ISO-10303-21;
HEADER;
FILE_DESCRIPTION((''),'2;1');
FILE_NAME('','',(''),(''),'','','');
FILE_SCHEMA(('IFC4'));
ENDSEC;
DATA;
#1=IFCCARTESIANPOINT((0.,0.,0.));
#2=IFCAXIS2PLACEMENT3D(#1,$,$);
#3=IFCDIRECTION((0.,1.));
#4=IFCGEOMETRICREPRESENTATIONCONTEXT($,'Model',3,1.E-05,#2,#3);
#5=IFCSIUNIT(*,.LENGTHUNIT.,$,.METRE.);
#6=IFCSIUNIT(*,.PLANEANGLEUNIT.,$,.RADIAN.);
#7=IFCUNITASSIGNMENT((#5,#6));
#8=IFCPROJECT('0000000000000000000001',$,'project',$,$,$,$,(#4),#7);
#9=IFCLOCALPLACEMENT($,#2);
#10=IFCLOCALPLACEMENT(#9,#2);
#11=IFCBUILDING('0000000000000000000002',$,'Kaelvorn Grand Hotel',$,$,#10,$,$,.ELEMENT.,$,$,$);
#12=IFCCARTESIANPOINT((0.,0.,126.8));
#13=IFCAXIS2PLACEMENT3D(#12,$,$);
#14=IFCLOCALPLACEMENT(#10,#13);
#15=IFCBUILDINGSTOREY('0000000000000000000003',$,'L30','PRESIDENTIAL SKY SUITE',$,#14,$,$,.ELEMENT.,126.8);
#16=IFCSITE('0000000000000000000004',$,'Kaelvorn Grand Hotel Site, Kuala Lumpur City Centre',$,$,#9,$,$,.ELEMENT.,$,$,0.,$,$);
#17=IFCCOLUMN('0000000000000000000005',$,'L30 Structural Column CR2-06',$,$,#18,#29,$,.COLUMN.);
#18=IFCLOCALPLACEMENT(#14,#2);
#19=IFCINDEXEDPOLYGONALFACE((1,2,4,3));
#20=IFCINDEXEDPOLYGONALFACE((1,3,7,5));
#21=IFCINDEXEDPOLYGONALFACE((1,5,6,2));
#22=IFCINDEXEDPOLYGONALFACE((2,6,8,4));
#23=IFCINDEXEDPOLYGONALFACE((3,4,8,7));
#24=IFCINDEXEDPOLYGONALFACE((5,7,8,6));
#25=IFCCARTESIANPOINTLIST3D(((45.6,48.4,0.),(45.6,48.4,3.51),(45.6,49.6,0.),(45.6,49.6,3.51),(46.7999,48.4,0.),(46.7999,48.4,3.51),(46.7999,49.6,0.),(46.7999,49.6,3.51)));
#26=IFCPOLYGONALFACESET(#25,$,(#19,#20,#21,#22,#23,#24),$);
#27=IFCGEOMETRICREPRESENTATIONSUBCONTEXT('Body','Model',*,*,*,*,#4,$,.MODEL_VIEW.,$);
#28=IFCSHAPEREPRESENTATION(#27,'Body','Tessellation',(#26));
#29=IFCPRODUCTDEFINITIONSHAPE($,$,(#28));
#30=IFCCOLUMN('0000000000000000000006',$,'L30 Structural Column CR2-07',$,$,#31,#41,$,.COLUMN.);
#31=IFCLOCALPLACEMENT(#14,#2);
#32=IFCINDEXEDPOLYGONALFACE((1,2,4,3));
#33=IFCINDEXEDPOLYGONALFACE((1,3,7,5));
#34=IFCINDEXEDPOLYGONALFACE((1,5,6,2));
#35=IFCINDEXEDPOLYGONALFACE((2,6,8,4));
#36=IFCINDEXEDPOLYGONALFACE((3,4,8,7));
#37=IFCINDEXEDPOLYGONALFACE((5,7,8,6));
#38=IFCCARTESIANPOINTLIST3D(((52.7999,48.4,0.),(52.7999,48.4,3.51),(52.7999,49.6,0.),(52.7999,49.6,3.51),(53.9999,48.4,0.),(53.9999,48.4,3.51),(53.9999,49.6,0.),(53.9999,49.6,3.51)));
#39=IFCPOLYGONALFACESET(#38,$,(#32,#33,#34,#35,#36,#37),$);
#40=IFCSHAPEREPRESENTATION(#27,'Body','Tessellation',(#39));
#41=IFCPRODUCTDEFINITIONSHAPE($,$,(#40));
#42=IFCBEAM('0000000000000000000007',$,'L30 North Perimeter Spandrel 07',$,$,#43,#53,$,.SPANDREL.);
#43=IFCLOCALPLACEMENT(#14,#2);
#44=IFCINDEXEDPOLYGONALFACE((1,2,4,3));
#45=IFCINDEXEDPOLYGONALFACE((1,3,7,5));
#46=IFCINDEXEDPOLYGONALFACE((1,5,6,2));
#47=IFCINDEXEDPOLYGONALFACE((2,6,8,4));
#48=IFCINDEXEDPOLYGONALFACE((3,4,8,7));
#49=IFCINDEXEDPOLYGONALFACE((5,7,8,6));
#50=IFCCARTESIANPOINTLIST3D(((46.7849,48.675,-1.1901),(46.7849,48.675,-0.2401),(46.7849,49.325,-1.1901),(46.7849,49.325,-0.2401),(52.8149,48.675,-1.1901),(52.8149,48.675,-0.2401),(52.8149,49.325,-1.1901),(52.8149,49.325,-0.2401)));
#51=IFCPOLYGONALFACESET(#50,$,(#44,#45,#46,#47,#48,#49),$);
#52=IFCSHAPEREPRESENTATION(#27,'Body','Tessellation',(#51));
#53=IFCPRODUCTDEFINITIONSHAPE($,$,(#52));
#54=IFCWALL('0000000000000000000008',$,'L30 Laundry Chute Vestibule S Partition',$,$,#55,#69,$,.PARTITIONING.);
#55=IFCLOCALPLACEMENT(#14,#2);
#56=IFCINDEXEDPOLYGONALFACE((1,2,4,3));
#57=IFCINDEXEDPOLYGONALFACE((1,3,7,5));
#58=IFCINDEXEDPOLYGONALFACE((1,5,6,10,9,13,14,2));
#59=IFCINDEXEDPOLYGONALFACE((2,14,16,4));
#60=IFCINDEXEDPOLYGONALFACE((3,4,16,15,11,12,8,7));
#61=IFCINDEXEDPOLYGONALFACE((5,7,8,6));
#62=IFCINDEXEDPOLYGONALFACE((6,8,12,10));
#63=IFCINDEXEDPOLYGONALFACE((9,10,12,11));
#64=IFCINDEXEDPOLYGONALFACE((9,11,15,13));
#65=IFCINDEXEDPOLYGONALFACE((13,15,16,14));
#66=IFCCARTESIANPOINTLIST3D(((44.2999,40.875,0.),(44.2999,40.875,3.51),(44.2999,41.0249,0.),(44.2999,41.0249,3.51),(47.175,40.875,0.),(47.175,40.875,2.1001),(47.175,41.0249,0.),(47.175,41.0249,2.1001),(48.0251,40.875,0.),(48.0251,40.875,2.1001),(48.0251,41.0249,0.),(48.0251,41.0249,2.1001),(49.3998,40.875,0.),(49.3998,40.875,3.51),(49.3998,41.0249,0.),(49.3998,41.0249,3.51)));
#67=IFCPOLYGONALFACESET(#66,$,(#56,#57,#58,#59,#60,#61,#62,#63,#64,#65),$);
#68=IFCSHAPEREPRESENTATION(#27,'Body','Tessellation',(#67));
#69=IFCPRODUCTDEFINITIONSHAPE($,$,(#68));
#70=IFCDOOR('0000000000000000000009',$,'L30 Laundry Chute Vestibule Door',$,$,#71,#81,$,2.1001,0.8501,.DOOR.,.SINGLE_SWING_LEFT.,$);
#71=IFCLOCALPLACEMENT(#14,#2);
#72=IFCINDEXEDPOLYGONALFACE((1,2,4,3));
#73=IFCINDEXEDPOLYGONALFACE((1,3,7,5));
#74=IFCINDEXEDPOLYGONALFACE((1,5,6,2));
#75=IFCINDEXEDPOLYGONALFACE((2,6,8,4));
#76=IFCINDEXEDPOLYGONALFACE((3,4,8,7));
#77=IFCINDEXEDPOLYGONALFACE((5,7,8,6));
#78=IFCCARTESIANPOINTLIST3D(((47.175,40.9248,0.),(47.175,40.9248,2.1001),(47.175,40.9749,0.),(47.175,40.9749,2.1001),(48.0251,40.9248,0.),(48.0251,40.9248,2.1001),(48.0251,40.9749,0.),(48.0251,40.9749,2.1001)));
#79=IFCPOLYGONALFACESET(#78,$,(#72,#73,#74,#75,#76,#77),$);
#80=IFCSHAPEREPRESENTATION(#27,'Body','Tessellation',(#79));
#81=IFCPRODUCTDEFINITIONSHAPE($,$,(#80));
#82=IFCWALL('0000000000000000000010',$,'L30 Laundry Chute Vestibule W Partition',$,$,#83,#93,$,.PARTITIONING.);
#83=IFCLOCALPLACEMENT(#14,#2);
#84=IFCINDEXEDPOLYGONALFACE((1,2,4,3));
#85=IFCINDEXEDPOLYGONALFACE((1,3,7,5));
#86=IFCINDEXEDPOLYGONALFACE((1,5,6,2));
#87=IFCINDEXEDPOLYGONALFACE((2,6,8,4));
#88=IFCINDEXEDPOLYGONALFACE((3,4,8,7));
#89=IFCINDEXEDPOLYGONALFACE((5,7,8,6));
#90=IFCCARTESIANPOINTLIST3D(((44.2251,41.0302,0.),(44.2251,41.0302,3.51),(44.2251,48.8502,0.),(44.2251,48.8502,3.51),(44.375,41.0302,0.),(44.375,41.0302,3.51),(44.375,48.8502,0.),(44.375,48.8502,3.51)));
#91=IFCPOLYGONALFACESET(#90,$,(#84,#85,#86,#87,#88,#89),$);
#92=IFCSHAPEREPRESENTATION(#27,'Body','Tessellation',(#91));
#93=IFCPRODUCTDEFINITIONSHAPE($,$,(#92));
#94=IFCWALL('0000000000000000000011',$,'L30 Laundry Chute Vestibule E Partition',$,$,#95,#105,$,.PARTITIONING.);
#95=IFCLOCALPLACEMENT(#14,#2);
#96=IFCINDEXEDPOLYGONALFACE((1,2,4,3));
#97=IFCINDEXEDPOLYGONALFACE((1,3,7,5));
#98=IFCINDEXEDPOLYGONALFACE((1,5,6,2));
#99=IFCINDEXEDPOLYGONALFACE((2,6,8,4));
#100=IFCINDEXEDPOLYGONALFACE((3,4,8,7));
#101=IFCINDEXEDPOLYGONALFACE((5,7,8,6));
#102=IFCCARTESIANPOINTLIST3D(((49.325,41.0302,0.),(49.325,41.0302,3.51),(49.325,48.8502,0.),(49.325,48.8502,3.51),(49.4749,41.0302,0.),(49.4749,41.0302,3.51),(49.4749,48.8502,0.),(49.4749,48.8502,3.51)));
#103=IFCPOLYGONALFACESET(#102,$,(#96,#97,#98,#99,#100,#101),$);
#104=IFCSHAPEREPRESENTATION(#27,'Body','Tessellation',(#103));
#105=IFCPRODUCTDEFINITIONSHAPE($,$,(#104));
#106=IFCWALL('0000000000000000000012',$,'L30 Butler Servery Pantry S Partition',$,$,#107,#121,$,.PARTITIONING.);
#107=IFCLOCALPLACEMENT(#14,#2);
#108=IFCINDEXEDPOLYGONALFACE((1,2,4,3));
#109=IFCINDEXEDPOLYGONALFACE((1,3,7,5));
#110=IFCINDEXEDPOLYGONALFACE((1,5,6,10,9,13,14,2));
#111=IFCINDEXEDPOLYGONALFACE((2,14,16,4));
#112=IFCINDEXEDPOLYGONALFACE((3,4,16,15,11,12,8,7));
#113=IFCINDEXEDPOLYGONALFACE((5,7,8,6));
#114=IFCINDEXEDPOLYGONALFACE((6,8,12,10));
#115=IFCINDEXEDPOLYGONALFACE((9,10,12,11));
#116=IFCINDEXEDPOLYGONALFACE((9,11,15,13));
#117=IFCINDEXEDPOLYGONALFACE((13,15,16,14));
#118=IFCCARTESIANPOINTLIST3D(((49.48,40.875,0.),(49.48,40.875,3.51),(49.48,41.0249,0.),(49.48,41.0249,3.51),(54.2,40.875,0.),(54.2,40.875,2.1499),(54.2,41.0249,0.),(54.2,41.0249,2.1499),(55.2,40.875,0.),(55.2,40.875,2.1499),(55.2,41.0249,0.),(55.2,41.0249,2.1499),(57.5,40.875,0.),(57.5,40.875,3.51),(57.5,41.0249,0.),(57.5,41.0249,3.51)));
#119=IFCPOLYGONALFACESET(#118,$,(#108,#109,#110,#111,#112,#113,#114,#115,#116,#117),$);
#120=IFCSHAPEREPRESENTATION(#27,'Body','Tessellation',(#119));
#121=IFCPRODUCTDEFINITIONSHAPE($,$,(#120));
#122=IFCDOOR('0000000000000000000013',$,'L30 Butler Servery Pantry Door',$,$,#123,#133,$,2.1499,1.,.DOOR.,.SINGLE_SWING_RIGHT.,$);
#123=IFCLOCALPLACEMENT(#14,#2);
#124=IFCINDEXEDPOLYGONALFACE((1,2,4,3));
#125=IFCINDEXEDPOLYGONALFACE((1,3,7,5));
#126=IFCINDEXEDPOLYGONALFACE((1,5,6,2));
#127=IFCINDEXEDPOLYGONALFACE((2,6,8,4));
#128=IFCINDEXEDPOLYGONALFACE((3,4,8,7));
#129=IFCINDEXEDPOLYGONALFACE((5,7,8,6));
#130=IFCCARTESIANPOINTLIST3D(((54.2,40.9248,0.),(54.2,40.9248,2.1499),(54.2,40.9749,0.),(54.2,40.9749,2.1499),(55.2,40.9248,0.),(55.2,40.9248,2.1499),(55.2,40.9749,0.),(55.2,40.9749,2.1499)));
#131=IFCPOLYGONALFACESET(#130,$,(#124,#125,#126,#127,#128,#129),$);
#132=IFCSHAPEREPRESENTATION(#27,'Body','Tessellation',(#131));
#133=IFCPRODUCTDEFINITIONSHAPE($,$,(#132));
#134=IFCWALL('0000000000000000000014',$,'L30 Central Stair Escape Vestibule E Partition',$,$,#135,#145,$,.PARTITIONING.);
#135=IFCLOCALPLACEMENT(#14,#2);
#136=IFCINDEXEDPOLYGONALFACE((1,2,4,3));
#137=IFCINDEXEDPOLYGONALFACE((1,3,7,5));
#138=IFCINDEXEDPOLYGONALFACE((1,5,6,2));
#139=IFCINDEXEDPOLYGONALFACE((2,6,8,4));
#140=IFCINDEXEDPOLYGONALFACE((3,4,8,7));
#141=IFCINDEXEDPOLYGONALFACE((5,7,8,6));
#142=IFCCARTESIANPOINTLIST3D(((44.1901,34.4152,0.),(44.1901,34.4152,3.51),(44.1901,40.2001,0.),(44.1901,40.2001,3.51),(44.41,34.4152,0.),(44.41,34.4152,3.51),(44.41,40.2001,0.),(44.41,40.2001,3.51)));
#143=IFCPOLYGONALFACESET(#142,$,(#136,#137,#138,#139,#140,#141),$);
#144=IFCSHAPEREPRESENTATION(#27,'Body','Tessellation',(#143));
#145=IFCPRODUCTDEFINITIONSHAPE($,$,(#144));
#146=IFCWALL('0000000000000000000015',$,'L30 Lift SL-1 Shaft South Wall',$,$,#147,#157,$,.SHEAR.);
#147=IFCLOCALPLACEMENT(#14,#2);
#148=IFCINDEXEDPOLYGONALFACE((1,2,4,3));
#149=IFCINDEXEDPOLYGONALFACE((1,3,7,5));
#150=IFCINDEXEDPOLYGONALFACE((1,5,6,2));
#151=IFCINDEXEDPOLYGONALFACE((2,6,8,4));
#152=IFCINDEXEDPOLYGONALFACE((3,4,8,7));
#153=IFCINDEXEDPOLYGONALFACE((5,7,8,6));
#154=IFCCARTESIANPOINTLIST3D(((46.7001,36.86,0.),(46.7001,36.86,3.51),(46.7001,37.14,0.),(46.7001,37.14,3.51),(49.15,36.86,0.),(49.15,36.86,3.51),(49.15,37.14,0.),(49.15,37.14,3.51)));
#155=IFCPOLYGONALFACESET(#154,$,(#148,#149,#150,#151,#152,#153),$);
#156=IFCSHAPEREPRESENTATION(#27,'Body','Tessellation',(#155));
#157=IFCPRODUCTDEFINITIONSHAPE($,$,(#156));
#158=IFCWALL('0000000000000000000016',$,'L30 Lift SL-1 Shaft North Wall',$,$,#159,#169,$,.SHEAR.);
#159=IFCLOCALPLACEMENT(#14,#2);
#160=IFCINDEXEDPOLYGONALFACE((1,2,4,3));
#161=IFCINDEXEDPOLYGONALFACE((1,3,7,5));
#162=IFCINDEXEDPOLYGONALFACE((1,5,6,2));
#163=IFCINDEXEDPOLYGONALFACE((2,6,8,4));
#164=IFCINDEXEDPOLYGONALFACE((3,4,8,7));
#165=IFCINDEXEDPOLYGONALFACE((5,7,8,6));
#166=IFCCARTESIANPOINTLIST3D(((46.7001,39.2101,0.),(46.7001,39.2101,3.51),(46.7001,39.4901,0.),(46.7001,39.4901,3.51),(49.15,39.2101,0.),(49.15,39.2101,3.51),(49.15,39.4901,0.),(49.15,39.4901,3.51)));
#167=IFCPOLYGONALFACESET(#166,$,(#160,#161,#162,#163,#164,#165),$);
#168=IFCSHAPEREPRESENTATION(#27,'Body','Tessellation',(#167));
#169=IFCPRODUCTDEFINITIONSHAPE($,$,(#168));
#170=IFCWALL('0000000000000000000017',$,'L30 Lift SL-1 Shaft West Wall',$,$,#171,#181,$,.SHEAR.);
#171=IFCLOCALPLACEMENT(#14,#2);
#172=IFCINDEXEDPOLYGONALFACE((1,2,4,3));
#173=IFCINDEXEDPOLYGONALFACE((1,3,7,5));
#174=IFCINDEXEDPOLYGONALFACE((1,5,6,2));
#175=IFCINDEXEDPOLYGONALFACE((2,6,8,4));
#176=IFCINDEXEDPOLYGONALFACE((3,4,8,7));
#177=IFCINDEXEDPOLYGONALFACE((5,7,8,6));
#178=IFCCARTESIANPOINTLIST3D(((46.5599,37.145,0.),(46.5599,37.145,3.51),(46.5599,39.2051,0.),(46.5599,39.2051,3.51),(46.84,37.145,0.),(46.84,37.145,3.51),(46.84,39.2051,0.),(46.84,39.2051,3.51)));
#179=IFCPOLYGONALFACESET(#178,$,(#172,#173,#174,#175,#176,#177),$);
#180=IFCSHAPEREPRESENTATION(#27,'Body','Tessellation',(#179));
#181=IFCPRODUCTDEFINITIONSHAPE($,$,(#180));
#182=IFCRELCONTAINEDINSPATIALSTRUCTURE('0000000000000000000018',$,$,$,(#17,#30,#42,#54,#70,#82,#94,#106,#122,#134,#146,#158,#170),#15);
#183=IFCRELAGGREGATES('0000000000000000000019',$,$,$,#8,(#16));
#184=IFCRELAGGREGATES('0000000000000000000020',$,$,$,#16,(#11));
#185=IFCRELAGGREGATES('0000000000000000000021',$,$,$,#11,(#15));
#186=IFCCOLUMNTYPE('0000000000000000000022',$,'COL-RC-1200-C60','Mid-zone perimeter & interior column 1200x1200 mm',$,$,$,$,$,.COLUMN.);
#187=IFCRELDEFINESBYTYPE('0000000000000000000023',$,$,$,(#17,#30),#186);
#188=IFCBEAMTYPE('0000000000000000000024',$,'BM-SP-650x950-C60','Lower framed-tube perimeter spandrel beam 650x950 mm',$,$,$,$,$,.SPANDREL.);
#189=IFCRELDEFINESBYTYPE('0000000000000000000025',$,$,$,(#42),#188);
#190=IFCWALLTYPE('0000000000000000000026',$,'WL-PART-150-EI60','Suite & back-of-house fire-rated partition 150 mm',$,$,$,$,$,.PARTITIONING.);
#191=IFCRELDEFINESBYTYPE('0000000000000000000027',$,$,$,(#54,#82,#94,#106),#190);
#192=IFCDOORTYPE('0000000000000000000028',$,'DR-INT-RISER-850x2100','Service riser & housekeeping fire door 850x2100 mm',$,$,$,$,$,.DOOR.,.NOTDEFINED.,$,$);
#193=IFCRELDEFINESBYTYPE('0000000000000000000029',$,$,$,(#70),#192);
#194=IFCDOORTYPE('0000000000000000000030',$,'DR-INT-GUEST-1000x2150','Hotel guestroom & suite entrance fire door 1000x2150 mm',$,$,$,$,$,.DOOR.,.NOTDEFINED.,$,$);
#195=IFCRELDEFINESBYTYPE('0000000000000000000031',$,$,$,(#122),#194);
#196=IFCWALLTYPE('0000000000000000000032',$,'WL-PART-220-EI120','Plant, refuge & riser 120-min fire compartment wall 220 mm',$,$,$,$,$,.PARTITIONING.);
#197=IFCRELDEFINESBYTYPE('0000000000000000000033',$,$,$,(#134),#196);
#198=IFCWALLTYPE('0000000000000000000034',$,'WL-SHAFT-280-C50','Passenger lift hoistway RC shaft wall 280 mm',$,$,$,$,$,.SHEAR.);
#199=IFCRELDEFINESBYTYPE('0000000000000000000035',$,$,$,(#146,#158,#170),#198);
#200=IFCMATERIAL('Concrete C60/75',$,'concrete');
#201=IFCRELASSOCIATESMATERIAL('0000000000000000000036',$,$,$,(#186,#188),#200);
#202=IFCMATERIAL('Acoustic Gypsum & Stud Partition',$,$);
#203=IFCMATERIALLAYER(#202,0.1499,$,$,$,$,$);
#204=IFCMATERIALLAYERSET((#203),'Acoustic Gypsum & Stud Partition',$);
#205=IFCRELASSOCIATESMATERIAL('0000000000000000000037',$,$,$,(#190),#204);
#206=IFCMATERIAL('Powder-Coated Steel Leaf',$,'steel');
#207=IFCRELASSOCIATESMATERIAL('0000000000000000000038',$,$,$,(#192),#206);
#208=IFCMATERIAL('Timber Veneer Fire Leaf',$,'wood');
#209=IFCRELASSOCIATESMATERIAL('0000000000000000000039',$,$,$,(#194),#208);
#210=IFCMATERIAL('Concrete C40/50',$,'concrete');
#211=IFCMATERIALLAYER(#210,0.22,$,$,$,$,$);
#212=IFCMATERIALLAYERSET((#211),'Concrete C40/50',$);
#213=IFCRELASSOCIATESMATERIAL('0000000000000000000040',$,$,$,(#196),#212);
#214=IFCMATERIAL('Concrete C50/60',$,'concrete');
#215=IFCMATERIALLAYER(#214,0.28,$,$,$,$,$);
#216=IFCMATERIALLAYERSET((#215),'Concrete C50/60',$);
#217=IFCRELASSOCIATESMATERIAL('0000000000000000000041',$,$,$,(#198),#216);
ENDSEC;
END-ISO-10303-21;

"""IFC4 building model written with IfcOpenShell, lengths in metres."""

from ifc_helpers import new_model, si_unit, direction, frame, frame_2d, origin, origin_2d, place, context, subcontext, project, spatial, rectangle, extrude, material, layer, layer_set, material_profile, profile_set, type_object, element, fill, save


model = new_model("IFC4")

# Units and contexts
model_context = context("Model", 3, precision=1e-05, world=origin(), true_north=direction((0.0, 1.0)))
body_context = subcontext(model_context, "Body", "Model", "MODEL_VIEW")
ifc_project = project(units=[si_unit("LENGTHUNIT", "METRE"), si_unit("PLANEANGLEUNIT", "RADIAN")], contexts=[model_context])

# Site, building, storey
site_placement = place(None, origin())
site = spatial("IfcSite", under=ifc_project, at=site_placement, Name="Kaelvorn Grand Hotel Site, Kuala Lumpur City Centre", CompositionType="ELEMENT", RefElevation=0.0)
building_placement = place(site_placement, origin())
building = spatial("IfcBuilding", under=site, at=building_placement, Name="Kaelvorn Grand Hotel", CompositionType="ELEMENT")
storey_placement = place(building_placement, frame((0.0, 0.0, 126.8)))
storey = spatial("IfcBuildingStorey", under=building, at=storey_placement, Name="L30", Description="PRESIDENTIAL SKY SUITE", CompositionType="ELEMENT", Elevation=126.8)

# Columns
ifc_material_1 = material(Name="Concrete C60/75", Category="concrete")
ifc_material_profile_1 = material_profile(ifc_material_1, rectangle(XDim=1.2, YDim=1.2, at=origin_2d()), Name="RC COL 1200x1200")
ifc_profile_set_1 = profile_set([ifc_material_profile_1], Name="Concrete C60/75")
column_type = type_object("IfcColumnType", Name="COL-RC-1200-C60", Description="Mid-zone perimeter & interior column 1200x1200 mm", PredefinedType="COLUMN", material=ifc_profile_set_1)
for number, where, z_axis, x_axis, name in (
    (1, (46.2, 49.0, 0.0), (0.0, 0.0, 1.0), (1.0, 0.0, 0.0), "L30 Structural Column CR2-06"),
    (2, (53.3999, 49.0, 0.0), (0.0, 0.0, 1.0), (1.0, 0.0, 0.0), "L30 Structural Column CR2-07"),
):
    element("IfcColumn", number, at=place(storey_placement, frame(where, z_axis=z_axis, x_axis=x_axis)), inside=storey, type_object=column_type, Name=name, PredefinedType="COLUMN", context=body_context, shape_type="SweptSolid", body=[
        extrude(rectangle(XDim=1.2, YDim=1.2, at=origin_2d()), origin(), (0.0, 0.0, 1.0), 3.51),
    ])

# Beam
ifc_material_profile_2 = material_profile(ifc_material_1, rectangle(XDim=0.6499, YDim=0.95, at=origin_2d()), Name="RC SPANDREL 650x950")
ifc_profile_set_2 = profile_set([ifc_material_profile_2], Name="Concrete C60/75")
beam_type = type_object("IfcBeamType", Name="BM-SP-650x950-C60", Description="Lower framed-tube perimeter spandrel beam 650x950 mm", PredefinedType="SPANDREL", material=ifc_profile_set_2)
beam_placement = place(storey_placement, frame((46.7849, 49.0, -0.7151), z_axis=(1.0, 0.0, 0.0), x_axis=(0.0, 1.0, 0.0)))
element("IfcBeam", 3, at=beam_placement, inside=storey, type_object=beam_type, Name="L30 North Perimeter Spandrel 07", PredefinedType="SPANDREL", context=body_context, shape_type="SweptSolid", body=[
    extrude(rectangle(XDim=0.6499, YDim=0.95, at=origin_2d()), origin(), (0.0, 0.0, 1.0), 6.03),
])

# Wall, opening, door
ifc_material_2 = material(Name="Acoustic Gypsum & Stud Partition")
ifc_layer_1 = layer(ifc_material_2, 0.1499)
ifc_layer_set_1 = layer_set([ifc_layer_1], Name="Acoustic Gypsum & Stud Partition")
wall_type_1 = type_object("IfcWallType", Name="WL-PART-150-EI60", Description="Suite & back-of-house fire-rated partition 150 mm", PredefinedType="PARTITIONING", material=ifc_layer_set_1)
wall_1_placement = place(storey_placement, frame((44.3, 40.95, 0.0), z_axis=(0.0, 0.0, 1.0), x_axis=(1.0, 0.0, 0.0)))
wall_1 = element("IfcWall", 4, at=wall_1_placement, inside=storey, type_object=wall_type_1, Name="L30 Laundry Chute Vestibule S Partition", PredefinedType="PARTITIONING", context=body_context, shape_type="SweptSolid", body=[
    extrude(rectangle(XDim=5.0999, YDim=0.1499, at=frame_2d((2.5498, 0.0))), origin(), (0.0, 0.0, 1.0), 3.51),
])
opening_1_placement = place(wall_1_placement, frame((2.875, 0.0, 0.0)))
opening_1 = element("IfcOpeningElement", 5, at=opening_1_placement, cuts=wall_1, PredefinedType="OPENING", context=body_context, shape_type="SweptSolid", body=[
    extrude(rectangle(XDim=0.8501, YDim=2.1001, at=frame_2d((0.425, 1.05))), frame((0.0, 0.085, 0.0), z_axis=(0.0, -1.0, 0.0), x_axis=(1.0, 0.0, 0.0)), (0.0, 0.0, 1.0), 0.1699),
])
ifc_material_3 = material(Name="Powder-Coated Steel Leaf", Category="steel")
door_type_1 = type_object("IfcDoorType", Name="DR-INT-RISER-850x2100", Description="Service riser & housekeeping fire door 850x2100 mm", OperationType="NOTDEFINED", PredefinedType="DOOR", material=ifc_material_3)
door_1_placement = place(opening_1_placement, origin())
door_1 = element("IfcDoor", 6, at=door_1_placement, inside=storey, type_object=door_type_1, Name="L30 Laundry Chute Vestibule Door", OperationType="SINGLE_SWING_LEFT", OverallHeight=2.1001, OverallWidth=0.8501, PredefinedType="DOOR", context=body_context, shape_type="SweptSolid", body=[
    extrude(rectangle(XDim=0.8501, YDim=2.1001, at=frame_2d((0.425, 1.05))), frame((0.0, 0.0249, 0.0), z_axis=(0.0, -1.0, 0.0), x_axis=(1.0, 0.0, 0.0)), (0.0, 0.0, 1.0), 0.05),
])
fill(opening_1, door_1)

# Walls
for number, where, z_axis, x_axis, name in (
    (7, (44.3, 41.03, 0.0), (0.0, 0.0, 1.0), (0.0, 1.0, 0.0), "L30 Laundry Chute Vestibule W Partition"),
    (8, (49.3999, 41.03, 0.0), (0.0, 0.0, 1.0), (0.0, 1.0, 0.0), "L30 Laundry Chute Vestibule E Partition"),
):
    element("IfcWall", number, at=place(storey_placement, frame(where, z_axis=z_axis, x_axis=x_axis)), inside=storey, type_object=wall_type_1, Name=name, PredefinedType="PARTITIONING", context=body_context, shape_type="SweptSolid", body=[
        extrude(rectangle(XDim=7.8201, YDim=0.1499, at=frame_2d((3.9102, 0.0))), origin(), (0.0, 0.0, 1.0), 3.51),
    ])

# Wall, opening, door
wall_2_placement = place(storey_placement, frame((49.48, 40.95, 0.0), z_axis=(0.0, 0.0, 1.0), x_axis=(1.0, 0.0, 0.0)))
wall_2 = element("IfcWall", 9, at=wall_2_placement, inside=storey, type_object=wall_type_1, Name="L30 Butler Servery Pantry S Partition", PredefinedType="PARTITIONING", context=body_context, shape_type="SweptSolid", body=[
    extrude(rectangle(XDim=8.02, YDim=0.1499, at=frame_2d((4.01, 0.0))), origin(), (0.0, 0.0, 1.0), 3.51),
])
opening_2_placement = place(wall_2_placement, frame((4.72, 0.0, 0.0)))
opening_2 = element("IfcOpeningElement", 10, at=opening_2_placement, cuts=wall_2, PredefinedType="OPENING", context=body_context, shape_type="SweptSolid", body=[
    extrude(rectangle(XDim=1.0, YDim=2.1499, at=frame_2d((0.5, 1.075))), frame((0.0, 0.085, 0.0), z_axis=(0.0, -1.0, 0.0), x_axis=(1.0, 0.0, 0.0)), (0.0, 0.0, 1.0), 0.1699),
])
ifc_material_4 = material(Name="Timber Veneer Fire Leaf", Category="wood")
door_type_2 = type_object("IfcDoorType", Name="DR-INT-GUEST-1000x2150", Description="Hotel guestroom & suite entrance fire door 1000x2150 mm", OperationType="NOTDEFINED", PredefinedType="DOOR", material=ifc_material_4)
door_2_placement = place(opening_2_placement, origin())
door_2 = element("IfcDoor", 11, at=door_2_placement, inside=storey, type_object=door_type_2, Name="L30 Butler Servery Pantry Door", OperationType="SINGLE_SWING_RIGHT", OverallHeight=2.1499, OverallWidth=1.0, PredefinedType="DOOR", context=body_context, shape_type="SweptSolid", body=[
    extrude(rectangle(XDim=1.0, YDim=2.1499, at=frame_2d((0.5, 1.075))), frame((0.0, 0.0249, 0.0), z_axis=(0.0, -1.0, 0.0), x_axis=(1.0, 0.0, 0.0)), (0.0, 0.0, 1.0), 0.05),
])
fill(opening_2, door_2)

# Walls
ifc_material_5 = material(Name="Concrete C40/50", Category="concrete")
ifc_layer_2 = layer(ifc_material_5, 0.22)
ifc_layer_set_2 = layer_set([ifc_layer_2], Name="Concrete C40/50")
wall_type_2 = type_object("IfcWallType", Name="WL-PART-220-EI120", Description="Plant, refuge & riser 120-min fire compartment wall 220 mm", PredefinedType="PARTITIONING", material=ifc_layer_set_2)
wall_3_placement = place(storey_placement, frame((44.3, 34.415, 0.0), z_axis=(0.0, 0.0, 1.0), x_axis=(0.0, 1.0, 0.0)))
element("IfcWall", 12, at=wall_3_placement, inside=storey, type_object=wall_type_2, Name="L30 Central Stair Escape Vestibule E Partition", PredefinedType="PARTITIONING", context=body_context, shape_type="SweptSolid", body=[
    extrude(rectangle(XDim=5.7849, YDim=0.22, at=frame_2d((2.8926, 0.0))), origin(), (0.0, 0.0, 1.0), 3.51),
])
ifc_material_6 = material(Name="Concrete C50/60", Category="concrete")
ifc_layer_3 = layer(ifc_material_6, 0.28)
ifc_layer_set_3 = layer_set([ifc_layer_3], Name="Concrete C50/60")
wall_type_3 = type_object("IfcWallType", Name="WL-SHAFT-280-C50", Description="Passenger lift hoistway RC shaft wall 280 mm", PredefinedType="SHEAR", material=ifc_layer_set_3)
for number, where, z_axis, x_axis, name in (
    (13, (46.7, 37.0, 0.0), (0.0, 0.0, 1.0), (1.0, 0.0, 0.0), "L30 Lift SL-1 Shaft South Wall"),
    (14, (46.7, 39.3501, 0.0), (0.0, 0.0, 1.0), (1.0, 0.0, 0.0), "L30 Lift SL-1 Shaft North Wall"),
):
    element("IfcWall", number, at=place(storey_placement, frame(where, z_axis=z_axis, x_axis=x_axis)), inside=storey, type_object=wall_type_3, Name=name, PredefinedType="SHEAR", context=body_context, shape_type="SweptSolid", body=[
        extrude(rectangle(XDim=2.45, YDim=0.28, at=frame_2d((1.2251, 0.0))), origin(), (0.0, 0.0, 1.0), 3.51),
    ])
for number, where, z_axis, x_axis, name in (
    (15, (46.7, 37.145, 0.0), (0.0, 0.0, 1.0), (0.0, 1.0, 0.0), "L30 Lift SL-1 Shaft West Wall"),
):
    element("IfcWall", number, at=place(storey_placement, frame(where, z_axis=z_axis, x_axis=x_axis)), inside=storey, type_object=wall_type_3, Name=name, PredefinedType="SHEAR", context=body_context, shape_type="SweptSolid", body=[
        extrude(rectangle(XDim=2.0601, YDim=0.28, at=frame_2d((1.03, 0.0))), origin(), (0.0, 0.0, 1.0), 3.51),
    ])

save(model, "model.ifc")
